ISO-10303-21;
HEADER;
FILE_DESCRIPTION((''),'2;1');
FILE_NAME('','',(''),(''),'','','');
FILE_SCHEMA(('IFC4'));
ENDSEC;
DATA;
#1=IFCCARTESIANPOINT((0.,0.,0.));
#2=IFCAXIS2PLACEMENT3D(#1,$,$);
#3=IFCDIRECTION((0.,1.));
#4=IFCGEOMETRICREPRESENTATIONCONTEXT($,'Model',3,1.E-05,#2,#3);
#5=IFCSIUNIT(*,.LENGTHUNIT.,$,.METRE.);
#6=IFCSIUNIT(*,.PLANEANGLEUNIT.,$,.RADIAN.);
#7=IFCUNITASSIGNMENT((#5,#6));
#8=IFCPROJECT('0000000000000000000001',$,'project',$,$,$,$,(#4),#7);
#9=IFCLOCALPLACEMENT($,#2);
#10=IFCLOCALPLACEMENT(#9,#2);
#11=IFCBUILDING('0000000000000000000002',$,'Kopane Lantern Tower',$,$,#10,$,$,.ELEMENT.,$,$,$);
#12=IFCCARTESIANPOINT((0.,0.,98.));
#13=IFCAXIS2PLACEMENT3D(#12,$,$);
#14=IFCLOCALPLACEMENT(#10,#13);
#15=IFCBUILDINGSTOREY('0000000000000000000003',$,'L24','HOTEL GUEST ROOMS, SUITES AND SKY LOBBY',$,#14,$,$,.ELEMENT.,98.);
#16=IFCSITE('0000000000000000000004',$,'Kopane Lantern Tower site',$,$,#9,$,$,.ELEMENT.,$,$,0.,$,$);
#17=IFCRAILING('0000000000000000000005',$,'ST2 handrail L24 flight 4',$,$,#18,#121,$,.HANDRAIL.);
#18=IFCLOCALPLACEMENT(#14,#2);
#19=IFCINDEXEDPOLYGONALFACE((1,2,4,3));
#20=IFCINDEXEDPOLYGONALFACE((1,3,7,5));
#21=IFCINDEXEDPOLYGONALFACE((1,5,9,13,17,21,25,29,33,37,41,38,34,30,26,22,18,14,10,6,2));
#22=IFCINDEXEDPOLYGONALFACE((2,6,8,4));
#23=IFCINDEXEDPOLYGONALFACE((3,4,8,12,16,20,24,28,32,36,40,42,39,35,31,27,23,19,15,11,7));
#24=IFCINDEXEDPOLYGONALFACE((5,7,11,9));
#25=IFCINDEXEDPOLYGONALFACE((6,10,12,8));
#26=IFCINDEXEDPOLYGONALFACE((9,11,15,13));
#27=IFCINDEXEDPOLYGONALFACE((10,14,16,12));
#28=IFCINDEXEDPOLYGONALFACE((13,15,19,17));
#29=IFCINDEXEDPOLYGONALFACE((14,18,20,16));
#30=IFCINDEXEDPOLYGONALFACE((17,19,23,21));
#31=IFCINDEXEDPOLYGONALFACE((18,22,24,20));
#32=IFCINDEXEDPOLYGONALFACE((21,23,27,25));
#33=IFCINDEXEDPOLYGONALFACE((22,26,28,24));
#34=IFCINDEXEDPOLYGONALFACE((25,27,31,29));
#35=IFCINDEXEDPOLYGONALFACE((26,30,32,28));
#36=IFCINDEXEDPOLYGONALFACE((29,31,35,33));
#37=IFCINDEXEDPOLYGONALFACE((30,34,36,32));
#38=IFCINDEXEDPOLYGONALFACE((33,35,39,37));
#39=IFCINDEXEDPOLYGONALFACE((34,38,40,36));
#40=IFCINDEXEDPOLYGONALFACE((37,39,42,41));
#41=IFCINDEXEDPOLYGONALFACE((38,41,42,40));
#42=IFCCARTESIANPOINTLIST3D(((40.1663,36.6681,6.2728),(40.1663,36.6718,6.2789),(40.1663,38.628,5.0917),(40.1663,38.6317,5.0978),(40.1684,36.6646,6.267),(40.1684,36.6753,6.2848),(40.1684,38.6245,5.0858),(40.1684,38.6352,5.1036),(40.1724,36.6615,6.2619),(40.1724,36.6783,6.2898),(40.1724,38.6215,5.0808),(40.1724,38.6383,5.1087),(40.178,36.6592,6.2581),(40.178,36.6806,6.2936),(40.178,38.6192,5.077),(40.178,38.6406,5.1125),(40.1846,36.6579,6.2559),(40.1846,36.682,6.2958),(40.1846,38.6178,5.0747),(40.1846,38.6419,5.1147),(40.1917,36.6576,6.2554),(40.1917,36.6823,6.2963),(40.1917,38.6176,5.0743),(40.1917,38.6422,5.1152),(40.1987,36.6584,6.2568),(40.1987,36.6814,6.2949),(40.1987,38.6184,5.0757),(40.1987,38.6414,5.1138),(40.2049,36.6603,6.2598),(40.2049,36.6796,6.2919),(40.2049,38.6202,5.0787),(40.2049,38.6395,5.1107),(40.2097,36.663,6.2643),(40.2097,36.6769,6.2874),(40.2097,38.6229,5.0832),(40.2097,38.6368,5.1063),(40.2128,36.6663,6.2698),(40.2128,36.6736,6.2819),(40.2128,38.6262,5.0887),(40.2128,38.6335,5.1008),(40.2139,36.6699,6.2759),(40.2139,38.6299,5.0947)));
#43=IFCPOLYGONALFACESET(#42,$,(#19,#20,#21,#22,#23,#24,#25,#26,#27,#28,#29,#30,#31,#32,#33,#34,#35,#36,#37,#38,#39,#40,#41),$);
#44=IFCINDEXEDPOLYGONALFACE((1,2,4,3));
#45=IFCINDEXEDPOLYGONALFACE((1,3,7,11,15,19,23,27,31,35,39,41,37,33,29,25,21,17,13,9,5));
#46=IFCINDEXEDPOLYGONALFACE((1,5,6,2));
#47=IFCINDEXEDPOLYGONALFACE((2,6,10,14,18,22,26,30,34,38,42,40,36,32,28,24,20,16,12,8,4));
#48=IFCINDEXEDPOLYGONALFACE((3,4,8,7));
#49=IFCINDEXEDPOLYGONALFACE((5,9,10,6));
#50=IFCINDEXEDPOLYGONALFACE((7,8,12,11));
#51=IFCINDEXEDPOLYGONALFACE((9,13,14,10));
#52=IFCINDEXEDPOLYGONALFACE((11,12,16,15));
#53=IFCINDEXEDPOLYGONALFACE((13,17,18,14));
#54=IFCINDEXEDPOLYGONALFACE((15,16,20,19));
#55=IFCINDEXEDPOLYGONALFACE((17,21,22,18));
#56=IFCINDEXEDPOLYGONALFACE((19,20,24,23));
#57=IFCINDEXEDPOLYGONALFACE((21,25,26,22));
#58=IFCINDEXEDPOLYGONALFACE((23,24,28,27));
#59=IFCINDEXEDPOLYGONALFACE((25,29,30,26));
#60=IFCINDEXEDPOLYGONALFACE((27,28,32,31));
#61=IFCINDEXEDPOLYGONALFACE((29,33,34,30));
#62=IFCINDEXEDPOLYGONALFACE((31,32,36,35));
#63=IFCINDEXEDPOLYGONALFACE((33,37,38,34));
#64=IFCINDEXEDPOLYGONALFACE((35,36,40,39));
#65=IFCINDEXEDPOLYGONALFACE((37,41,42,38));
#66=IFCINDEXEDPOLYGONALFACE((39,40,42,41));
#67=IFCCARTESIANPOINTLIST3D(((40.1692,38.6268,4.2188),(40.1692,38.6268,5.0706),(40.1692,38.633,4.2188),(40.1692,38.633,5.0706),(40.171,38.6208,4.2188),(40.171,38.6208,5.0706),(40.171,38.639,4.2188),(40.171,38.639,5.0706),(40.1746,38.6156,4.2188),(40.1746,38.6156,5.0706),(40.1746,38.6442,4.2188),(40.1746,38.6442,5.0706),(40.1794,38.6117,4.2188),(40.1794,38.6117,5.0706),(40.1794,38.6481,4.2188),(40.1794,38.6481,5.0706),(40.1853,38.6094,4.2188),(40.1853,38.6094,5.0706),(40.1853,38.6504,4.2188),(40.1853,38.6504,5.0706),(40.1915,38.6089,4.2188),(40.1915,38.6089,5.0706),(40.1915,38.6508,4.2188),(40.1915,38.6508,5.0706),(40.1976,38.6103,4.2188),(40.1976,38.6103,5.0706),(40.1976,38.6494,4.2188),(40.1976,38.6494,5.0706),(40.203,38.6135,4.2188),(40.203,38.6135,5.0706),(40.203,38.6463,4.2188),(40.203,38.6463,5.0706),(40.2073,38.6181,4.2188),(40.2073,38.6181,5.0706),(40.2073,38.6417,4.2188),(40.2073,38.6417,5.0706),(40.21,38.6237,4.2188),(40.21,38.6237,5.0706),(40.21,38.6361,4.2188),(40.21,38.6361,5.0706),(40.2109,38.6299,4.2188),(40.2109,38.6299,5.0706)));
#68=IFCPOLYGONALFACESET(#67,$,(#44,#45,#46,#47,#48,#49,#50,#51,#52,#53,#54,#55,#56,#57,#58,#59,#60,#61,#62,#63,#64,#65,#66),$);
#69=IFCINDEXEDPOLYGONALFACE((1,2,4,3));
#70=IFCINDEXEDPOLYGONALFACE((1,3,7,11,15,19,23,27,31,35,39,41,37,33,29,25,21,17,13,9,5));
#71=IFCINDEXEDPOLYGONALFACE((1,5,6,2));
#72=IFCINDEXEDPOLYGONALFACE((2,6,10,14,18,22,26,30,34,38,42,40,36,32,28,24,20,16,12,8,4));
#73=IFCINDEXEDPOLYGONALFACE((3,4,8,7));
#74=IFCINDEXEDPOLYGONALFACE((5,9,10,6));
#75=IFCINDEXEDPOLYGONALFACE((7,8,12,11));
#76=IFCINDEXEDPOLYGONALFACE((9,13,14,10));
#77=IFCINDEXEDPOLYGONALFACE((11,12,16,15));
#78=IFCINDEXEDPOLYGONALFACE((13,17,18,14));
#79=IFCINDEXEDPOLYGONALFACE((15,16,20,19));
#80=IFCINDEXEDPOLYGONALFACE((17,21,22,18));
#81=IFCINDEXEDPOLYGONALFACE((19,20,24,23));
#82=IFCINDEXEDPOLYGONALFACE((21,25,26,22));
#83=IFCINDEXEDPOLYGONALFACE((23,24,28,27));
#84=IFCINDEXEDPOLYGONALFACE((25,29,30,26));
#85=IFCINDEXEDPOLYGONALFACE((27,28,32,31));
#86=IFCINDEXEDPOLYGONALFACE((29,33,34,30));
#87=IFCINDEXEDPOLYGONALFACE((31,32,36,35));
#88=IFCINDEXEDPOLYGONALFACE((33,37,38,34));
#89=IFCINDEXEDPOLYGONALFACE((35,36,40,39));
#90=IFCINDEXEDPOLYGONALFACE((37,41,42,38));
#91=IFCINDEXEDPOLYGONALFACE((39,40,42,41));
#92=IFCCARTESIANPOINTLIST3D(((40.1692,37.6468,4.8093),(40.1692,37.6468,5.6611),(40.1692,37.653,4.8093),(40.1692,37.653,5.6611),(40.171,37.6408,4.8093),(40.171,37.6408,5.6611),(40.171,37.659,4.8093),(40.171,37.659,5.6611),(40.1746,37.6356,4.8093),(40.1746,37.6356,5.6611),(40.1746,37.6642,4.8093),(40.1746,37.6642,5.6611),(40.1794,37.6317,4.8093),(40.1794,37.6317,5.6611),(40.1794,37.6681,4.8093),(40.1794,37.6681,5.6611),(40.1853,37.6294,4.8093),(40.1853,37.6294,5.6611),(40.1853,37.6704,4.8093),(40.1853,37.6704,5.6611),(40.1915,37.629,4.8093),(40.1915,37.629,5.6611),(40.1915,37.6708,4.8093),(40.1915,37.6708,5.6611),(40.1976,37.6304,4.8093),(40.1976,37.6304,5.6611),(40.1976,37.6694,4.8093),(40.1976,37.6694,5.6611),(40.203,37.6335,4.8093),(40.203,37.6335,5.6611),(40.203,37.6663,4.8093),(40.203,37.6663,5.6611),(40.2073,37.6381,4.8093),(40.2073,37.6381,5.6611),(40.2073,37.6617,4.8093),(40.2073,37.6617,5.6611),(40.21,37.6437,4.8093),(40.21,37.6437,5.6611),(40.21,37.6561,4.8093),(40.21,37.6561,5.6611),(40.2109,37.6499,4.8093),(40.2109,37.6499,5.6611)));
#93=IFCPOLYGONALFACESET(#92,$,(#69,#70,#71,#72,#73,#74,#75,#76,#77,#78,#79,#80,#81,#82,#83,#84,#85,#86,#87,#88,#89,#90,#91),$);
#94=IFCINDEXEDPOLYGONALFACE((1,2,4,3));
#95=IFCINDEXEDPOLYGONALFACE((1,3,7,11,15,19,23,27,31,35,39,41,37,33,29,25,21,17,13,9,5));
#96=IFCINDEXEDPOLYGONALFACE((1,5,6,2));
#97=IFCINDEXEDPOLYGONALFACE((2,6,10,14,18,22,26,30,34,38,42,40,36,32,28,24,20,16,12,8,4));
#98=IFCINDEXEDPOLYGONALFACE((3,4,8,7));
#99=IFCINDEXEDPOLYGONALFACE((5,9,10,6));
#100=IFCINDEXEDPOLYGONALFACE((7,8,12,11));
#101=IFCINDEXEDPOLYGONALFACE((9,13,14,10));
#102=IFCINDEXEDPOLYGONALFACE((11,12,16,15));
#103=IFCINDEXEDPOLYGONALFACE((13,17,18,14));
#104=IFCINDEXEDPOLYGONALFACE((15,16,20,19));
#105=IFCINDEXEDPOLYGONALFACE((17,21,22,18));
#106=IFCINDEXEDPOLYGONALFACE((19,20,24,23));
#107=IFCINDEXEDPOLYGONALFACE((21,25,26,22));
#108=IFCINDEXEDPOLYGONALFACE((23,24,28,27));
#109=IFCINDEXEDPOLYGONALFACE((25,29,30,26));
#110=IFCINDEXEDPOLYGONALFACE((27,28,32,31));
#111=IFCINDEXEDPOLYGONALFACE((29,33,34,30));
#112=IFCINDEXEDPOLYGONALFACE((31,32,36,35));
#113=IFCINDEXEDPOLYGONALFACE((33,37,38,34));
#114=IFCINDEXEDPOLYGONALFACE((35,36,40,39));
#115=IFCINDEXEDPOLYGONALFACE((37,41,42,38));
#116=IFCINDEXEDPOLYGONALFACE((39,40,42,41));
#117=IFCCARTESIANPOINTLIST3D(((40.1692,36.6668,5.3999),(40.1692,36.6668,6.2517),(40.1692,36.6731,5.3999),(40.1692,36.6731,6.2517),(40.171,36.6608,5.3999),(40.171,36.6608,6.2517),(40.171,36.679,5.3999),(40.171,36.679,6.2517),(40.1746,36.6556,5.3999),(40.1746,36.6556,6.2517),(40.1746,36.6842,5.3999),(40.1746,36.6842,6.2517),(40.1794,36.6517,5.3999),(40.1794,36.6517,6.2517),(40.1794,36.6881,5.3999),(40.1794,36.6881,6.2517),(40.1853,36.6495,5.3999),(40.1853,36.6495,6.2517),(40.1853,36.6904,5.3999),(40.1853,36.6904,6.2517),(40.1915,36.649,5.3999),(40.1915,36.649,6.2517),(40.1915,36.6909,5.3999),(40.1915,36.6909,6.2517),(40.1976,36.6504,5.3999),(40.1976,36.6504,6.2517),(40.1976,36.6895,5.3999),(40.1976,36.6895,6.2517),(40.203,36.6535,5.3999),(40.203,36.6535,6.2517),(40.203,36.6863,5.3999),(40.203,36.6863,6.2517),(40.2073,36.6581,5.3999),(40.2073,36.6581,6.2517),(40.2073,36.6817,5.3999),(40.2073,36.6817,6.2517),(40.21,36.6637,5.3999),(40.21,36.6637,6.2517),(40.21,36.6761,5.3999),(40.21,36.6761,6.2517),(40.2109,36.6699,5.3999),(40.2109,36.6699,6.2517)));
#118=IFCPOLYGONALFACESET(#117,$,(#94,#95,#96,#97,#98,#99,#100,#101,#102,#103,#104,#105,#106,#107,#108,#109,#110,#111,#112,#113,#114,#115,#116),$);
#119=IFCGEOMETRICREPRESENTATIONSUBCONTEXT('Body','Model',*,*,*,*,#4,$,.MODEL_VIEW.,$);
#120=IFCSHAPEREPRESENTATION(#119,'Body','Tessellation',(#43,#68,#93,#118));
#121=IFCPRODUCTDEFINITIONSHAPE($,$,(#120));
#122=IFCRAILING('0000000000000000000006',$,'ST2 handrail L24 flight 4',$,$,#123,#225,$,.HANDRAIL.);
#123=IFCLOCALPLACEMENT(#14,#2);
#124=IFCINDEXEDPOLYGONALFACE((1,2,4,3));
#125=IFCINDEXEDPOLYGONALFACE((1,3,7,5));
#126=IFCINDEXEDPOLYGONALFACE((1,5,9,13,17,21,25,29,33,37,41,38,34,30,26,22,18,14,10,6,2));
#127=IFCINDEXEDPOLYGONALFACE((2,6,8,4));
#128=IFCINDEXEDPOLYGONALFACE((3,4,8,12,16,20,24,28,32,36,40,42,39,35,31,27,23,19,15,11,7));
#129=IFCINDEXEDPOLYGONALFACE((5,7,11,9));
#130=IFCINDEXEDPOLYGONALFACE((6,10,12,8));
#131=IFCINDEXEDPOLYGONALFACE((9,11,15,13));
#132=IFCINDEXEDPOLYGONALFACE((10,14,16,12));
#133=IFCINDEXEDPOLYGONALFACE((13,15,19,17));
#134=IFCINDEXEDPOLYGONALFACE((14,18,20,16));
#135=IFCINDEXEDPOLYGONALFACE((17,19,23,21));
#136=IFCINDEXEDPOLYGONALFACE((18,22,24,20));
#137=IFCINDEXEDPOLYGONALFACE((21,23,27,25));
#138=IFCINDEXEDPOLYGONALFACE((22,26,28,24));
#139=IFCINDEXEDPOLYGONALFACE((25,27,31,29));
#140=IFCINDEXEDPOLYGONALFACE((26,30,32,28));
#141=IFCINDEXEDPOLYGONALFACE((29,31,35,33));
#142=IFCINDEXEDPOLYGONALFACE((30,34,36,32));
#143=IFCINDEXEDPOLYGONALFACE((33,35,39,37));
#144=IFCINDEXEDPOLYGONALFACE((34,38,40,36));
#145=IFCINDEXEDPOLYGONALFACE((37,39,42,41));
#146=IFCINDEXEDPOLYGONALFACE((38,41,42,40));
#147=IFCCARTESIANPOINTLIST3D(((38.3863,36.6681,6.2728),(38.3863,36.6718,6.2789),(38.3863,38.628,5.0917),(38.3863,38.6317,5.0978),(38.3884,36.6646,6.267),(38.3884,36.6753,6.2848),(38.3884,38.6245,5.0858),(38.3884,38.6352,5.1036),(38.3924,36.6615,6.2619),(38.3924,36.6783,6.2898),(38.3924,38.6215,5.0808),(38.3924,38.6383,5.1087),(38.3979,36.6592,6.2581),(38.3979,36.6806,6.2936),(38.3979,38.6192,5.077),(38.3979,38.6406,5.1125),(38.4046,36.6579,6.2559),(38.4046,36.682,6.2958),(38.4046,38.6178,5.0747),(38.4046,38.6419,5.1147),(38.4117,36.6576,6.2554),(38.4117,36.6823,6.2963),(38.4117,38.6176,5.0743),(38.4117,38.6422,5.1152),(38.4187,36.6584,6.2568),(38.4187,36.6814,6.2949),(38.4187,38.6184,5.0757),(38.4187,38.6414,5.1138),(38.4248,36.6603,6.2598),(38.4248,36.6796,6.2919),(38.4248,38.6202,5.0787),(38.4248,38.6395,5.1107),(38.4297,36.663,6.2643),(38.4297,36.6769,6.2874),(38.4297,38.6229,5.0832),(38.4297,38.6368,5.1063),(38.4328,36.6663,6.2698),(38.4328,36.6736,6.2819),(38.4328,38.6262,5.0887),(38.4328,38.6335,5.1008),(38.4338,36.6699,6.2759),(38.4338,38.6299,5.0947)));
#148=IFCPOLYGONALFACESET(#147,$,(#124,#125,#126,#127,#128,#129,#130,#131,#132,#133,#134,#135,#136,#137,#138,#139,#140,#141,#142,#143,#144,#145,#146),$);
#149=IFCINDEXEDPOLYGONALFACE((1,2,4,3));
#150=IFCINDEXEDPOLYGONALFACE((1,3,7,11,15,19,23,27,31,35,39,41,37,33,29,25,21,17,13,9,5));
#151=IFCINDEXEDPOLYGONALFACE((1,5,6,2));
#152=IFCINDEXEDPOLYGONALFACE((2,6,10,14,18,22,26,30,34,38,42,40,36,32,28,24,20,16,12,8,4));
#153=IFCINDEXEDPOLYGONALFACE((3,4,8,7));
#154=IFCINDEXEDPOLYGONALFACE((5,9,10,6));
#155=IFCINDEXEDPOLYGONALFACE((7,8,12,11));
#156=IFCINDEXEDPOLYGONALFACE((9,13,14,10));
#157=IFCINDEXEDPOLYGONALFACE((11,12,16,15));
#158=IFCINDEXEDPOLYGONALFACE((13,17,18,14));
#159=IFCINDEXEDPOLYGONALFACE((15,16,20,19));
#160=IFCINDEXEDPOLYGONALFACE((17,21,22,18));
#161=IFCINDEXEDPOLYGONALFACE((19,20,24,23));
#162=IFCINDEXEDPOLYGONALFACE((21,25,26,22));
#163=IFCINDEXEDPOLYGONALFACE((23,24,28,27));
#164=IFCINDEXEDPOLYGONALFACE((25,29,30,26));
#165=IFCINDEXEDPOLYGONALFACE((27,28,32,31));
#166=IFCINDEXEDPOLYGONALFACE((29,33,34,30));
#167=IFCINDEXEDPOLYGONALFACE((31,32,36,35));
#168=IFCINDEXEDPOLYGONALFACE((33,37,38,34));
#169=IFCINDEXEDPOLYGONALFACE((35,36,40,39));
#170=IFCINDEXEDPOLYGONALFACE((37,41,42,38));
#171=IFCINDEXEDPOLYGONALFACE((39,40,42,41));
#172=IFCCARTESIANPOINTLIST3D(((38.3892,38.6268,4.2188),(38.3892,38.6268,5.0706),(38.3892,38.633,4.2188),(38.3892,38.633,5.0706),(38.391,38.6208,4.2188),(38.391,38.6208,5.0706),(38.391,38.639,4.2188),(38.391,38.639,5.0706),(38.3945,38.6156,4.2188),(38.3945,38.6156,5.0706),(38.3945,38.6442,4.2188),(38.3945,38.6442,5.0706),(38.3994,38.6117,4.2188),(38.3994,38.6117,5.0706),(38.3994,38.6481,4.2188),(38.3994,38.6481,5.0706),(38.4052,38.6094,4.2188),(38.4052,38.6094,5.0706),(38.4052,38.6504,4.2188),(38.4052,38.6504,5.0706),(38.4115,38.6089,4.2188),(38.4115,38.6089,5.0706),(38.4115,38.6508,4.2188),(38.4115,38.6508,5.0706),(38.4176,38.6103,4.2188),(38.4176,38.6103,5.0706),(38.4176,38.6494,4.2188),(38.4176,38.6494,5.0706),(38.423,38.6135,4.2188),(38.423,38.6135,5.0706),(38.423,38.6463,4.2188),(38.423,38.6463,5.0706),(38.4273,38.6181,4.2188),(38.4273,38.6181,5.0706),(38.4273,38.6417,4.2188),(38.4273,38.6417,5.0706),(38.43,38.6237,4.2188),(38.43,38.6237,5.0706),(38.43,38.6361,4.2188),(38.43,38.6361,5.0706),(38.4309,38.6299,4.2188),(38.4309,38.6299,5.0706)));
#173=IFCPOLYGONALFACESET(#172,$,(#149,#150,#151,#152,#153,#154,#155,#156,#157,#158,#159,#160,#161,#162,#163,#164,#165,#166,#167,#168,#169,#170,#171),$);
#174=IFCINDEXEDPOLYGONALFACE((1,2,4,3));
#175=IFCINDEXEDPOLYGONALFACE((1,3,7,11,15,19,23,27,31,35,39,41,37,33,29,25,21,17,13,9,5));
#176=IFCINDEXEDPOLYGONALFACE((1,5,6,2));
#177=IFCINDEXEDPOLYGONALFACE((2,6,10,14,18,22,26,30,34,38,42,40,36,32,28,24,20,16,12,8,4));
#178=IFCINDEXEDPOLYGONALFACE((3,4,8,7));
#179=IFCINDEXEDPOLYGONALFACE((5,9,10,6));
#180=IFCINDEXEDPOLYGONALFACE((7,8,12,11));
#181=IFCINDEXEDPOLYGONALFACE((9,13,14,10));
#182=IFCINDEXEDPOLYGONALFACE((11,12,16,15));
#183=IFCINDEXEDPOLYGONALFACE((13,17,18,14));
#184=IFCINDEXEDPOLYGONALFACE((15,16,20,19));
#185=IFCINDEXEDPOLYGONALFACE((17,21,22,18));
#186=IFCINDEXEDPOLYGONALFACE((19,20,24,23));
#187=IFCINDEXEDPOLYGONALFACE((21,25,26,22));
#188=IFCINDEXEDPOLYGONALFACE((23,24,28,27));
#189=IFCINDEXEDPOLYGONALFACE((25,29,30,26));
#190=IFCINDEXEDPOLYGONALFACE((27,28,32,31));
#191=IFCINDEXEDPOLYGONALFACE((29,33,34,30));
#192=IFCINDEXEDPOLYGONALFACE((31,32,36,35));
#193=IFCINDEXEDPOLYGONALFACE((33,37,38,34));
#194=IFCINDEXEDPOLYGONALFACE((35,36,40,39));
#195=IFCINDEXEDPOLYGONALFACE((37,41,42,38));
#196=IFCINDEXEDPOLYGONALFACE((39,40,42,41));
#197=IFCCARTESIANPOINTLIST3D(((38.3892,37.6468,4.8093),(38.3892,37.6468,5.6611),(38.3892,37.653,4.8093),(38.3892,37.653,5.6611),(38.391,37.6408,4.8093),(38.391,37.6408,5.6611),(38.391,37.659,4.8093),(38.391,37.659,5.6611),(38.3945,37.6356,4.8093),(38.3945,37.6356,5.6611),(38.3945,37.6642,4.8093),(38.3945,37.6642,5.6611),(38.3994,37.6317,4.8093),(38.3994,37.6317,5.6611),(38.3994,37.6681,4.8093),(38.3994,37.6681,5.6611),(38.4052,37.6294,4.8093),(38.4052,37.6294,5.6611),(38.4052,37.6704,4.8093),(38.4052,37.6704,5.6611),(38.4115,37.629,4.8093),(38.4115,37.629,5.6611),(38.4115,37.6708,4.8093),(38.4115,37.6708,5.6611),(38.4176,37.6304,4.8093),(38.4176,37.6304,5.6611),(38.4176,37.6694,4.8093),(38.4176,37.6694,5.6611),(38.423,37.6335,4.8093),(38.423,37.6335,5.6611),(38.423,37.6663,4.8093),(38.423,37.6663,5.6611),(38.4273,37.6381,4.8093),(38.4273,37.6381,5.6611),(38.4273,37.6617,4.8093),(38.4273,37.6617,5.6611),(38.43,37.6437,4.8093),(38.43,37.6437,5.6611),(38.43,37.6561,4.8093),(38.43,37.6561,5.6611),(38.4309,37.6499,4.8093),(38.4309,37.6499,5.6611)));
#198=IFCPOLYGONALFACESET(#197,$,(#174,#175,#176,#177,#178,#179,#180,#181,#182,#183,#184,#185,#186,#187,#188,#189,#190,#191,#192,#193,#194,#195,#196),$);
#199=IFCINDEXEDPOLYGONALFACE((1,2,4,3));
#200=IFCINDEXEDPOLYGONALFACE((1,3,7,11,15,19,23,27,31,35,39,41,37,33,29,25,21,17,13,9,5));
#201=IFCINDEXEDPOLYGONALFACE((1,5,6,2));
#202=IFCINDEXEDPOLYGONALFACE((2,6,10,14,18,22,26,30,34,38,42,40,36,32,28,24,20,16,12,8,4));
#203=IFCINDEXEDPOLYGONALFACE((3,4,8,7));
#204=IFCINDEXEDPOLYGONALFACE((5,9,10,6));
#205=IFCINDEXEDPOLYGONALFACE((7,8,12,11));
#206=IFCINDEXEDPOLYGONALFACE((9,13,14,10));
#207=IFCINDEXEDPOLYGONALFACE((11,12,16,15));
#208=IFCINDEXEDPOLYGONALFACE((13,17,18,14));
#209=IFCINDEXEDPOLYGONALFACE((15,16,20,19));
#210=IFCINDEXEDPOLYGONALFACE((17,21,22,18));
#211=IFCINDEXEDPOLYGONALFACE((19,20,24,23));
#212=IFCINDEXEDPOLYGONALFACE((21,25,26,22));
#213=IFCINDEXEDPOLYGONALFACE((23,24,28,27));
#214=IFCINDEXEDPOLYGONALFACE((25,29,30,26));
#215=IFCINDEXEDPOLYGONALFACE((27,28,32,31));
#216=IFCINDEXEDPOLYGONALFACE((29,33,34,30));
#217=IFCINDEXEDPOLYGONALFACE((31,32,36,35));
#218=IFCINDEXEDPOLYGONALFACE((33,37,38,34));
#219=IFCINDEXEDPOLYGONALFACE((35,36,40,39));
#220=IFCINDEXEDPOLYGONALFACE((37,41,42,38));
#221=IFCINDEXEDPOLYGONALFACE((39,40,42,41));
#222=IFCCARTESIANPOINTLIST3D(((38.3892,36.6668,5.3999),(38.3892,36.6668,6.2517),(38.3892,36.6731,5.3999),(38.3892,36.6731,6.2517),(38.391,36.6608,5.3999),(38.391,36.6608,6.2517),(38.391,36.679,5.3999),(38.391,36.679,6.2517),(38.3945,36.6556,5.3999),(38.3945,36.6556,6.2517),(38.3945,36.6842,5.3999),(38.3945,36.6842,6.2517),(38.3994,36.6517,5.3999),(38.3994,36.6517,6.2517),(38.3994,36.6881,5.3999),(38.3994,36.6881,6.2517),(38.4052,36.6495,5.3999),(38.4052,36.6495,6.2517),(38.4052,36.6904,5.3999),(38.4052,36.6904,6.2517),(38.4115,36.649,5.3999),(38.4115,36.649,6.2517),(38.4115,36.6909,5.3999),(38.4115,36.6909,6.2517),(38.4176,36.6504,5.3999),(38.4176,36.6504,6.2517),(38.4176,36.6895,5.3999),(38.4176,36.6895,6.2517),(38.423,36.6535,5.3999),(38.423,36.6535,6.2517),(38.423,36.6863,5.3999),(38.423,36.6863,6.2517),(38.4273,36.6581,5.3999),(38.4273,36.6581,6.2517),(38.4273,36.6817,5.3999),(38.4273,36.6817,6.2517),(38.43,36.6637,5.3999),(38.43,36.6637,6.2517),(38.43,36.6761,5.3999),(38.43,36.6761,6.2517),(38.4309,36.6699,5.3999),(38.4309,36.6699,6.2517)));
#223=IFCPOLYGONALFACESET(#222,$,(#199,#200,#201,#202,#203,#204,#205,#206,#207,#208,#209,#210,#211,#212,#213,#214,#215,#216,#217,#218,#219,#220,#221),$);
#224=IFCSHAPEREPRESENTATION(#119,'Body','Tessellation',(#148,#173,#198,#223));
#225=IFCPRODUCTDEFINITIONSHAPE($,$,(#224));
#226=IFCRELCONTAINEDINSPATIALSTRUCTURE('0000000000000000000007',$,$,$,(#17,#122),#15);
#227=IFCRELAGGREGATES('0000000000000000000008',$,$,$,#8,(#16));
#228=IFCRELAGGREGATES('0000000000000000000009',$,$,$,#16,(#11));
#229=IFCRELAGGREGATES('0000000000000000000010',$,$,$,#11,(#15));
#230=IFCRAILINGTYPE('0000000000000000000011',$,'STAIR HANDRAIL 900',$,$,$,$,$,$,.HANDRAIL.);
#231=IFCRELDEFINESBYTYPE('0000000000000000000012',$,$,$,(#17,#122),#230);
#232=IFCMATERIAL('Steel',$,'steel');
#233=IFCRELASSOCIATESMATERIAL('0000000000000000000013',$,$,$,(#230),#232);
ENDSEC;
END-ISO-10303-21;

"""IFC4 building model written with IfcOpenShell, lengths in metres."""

from ifc_helpers import new_model, si_unit, direction, frame, origin, origin_2d, place, context, subcontext, project, spatial, circle, extrude, material, type_object, element, save


model = new_model("IFC4")

# Units and contexts
model_context = context("Model", 3, precision=1e-05, world=origin(), true_north=direction((0.0, 1.0)))
body_context = subcontext(model_context, "Body", "Model", "MODEL_VIEW")
ifc_project = project(units=[si_unit("LENGTHUNIT", "METRE"), si_unit("PLANEANGLEUNIT", "RADIAN")], contexts=[model_context])

# Site, building, storey
site_placement = place(None, origin())
site = spatial("IfcSite", under=ifc_project, at=site_placement, Name="Kopane Lantern Tower site", CompositionType="ELEMENT", RefElevation=0.0)
building_placement = place(site_placement, origin())
building = spatial("IfcBuilding", under=site, at=building_placement, Name="Kopane Lantern Tower", CompositionType="ELEMENT")
storey_placement = place(building_placement, frame((0.0, 0.0, 98.0)))
storey = spatial("IfcBuildingStorey", under=building, at=storey_placement, Name="L24", Description="HOTEL GUEST ROOMS, SUITES AND SKY LOBBY", CompositionType="ELEMENT", Elevation=98.0)

# Railings
ifc_material_1 = material(Name="Steel", Category="steel")
railing_type_1 = type_object("IfcRailingType", Name="STAIR HANDRAIL 900", PredefinedType="HANDRAIL", material=ifc_material_1)
for number, where, name in (
    (1, (40.1899, 38.6299, 4.2188), "ST2 handrail L24 flight 4"),
    (2, (38.4099, 38.6299, 4.2188), "ST2 handrail L24 flight 4"),
):
    element("IfcRailing", number, at=place(storey_placement, frame(where)), inside=storey, type_object=railing_type_1, Name=name, PredefinedType="HANDRAIL", context=body_context, shape_type="SweptSolid", body=[
        extrude(circle(Radius=0.0239, at=origin_2d()), frame((0.0, 0.0, 0.876), z_axis=(0.0, -0.856493, 0.516158), x_axis=(1.0, 0.0, 0.0)), (0.0, 0.0, 1.0), 2.2883),
        extrude(circle(Radius=0.021, at=origin_2d()), origin(), (0.0, 0.0, 1.0), 0.8518),
        extrude(circle(Radius=0.021, at=origin_2d()), frame((0.0, -0.98, 0.5906)), (0.0, 0.0, 1.0), 0.8518),
        extrude(circle(Radius=0.021, at=origin_2d()), frame((0.0, -1.96, 1.1812)), (0.0, 0.0, 1.0), 0.8518),
    ])

save(model, "model.ifc")
